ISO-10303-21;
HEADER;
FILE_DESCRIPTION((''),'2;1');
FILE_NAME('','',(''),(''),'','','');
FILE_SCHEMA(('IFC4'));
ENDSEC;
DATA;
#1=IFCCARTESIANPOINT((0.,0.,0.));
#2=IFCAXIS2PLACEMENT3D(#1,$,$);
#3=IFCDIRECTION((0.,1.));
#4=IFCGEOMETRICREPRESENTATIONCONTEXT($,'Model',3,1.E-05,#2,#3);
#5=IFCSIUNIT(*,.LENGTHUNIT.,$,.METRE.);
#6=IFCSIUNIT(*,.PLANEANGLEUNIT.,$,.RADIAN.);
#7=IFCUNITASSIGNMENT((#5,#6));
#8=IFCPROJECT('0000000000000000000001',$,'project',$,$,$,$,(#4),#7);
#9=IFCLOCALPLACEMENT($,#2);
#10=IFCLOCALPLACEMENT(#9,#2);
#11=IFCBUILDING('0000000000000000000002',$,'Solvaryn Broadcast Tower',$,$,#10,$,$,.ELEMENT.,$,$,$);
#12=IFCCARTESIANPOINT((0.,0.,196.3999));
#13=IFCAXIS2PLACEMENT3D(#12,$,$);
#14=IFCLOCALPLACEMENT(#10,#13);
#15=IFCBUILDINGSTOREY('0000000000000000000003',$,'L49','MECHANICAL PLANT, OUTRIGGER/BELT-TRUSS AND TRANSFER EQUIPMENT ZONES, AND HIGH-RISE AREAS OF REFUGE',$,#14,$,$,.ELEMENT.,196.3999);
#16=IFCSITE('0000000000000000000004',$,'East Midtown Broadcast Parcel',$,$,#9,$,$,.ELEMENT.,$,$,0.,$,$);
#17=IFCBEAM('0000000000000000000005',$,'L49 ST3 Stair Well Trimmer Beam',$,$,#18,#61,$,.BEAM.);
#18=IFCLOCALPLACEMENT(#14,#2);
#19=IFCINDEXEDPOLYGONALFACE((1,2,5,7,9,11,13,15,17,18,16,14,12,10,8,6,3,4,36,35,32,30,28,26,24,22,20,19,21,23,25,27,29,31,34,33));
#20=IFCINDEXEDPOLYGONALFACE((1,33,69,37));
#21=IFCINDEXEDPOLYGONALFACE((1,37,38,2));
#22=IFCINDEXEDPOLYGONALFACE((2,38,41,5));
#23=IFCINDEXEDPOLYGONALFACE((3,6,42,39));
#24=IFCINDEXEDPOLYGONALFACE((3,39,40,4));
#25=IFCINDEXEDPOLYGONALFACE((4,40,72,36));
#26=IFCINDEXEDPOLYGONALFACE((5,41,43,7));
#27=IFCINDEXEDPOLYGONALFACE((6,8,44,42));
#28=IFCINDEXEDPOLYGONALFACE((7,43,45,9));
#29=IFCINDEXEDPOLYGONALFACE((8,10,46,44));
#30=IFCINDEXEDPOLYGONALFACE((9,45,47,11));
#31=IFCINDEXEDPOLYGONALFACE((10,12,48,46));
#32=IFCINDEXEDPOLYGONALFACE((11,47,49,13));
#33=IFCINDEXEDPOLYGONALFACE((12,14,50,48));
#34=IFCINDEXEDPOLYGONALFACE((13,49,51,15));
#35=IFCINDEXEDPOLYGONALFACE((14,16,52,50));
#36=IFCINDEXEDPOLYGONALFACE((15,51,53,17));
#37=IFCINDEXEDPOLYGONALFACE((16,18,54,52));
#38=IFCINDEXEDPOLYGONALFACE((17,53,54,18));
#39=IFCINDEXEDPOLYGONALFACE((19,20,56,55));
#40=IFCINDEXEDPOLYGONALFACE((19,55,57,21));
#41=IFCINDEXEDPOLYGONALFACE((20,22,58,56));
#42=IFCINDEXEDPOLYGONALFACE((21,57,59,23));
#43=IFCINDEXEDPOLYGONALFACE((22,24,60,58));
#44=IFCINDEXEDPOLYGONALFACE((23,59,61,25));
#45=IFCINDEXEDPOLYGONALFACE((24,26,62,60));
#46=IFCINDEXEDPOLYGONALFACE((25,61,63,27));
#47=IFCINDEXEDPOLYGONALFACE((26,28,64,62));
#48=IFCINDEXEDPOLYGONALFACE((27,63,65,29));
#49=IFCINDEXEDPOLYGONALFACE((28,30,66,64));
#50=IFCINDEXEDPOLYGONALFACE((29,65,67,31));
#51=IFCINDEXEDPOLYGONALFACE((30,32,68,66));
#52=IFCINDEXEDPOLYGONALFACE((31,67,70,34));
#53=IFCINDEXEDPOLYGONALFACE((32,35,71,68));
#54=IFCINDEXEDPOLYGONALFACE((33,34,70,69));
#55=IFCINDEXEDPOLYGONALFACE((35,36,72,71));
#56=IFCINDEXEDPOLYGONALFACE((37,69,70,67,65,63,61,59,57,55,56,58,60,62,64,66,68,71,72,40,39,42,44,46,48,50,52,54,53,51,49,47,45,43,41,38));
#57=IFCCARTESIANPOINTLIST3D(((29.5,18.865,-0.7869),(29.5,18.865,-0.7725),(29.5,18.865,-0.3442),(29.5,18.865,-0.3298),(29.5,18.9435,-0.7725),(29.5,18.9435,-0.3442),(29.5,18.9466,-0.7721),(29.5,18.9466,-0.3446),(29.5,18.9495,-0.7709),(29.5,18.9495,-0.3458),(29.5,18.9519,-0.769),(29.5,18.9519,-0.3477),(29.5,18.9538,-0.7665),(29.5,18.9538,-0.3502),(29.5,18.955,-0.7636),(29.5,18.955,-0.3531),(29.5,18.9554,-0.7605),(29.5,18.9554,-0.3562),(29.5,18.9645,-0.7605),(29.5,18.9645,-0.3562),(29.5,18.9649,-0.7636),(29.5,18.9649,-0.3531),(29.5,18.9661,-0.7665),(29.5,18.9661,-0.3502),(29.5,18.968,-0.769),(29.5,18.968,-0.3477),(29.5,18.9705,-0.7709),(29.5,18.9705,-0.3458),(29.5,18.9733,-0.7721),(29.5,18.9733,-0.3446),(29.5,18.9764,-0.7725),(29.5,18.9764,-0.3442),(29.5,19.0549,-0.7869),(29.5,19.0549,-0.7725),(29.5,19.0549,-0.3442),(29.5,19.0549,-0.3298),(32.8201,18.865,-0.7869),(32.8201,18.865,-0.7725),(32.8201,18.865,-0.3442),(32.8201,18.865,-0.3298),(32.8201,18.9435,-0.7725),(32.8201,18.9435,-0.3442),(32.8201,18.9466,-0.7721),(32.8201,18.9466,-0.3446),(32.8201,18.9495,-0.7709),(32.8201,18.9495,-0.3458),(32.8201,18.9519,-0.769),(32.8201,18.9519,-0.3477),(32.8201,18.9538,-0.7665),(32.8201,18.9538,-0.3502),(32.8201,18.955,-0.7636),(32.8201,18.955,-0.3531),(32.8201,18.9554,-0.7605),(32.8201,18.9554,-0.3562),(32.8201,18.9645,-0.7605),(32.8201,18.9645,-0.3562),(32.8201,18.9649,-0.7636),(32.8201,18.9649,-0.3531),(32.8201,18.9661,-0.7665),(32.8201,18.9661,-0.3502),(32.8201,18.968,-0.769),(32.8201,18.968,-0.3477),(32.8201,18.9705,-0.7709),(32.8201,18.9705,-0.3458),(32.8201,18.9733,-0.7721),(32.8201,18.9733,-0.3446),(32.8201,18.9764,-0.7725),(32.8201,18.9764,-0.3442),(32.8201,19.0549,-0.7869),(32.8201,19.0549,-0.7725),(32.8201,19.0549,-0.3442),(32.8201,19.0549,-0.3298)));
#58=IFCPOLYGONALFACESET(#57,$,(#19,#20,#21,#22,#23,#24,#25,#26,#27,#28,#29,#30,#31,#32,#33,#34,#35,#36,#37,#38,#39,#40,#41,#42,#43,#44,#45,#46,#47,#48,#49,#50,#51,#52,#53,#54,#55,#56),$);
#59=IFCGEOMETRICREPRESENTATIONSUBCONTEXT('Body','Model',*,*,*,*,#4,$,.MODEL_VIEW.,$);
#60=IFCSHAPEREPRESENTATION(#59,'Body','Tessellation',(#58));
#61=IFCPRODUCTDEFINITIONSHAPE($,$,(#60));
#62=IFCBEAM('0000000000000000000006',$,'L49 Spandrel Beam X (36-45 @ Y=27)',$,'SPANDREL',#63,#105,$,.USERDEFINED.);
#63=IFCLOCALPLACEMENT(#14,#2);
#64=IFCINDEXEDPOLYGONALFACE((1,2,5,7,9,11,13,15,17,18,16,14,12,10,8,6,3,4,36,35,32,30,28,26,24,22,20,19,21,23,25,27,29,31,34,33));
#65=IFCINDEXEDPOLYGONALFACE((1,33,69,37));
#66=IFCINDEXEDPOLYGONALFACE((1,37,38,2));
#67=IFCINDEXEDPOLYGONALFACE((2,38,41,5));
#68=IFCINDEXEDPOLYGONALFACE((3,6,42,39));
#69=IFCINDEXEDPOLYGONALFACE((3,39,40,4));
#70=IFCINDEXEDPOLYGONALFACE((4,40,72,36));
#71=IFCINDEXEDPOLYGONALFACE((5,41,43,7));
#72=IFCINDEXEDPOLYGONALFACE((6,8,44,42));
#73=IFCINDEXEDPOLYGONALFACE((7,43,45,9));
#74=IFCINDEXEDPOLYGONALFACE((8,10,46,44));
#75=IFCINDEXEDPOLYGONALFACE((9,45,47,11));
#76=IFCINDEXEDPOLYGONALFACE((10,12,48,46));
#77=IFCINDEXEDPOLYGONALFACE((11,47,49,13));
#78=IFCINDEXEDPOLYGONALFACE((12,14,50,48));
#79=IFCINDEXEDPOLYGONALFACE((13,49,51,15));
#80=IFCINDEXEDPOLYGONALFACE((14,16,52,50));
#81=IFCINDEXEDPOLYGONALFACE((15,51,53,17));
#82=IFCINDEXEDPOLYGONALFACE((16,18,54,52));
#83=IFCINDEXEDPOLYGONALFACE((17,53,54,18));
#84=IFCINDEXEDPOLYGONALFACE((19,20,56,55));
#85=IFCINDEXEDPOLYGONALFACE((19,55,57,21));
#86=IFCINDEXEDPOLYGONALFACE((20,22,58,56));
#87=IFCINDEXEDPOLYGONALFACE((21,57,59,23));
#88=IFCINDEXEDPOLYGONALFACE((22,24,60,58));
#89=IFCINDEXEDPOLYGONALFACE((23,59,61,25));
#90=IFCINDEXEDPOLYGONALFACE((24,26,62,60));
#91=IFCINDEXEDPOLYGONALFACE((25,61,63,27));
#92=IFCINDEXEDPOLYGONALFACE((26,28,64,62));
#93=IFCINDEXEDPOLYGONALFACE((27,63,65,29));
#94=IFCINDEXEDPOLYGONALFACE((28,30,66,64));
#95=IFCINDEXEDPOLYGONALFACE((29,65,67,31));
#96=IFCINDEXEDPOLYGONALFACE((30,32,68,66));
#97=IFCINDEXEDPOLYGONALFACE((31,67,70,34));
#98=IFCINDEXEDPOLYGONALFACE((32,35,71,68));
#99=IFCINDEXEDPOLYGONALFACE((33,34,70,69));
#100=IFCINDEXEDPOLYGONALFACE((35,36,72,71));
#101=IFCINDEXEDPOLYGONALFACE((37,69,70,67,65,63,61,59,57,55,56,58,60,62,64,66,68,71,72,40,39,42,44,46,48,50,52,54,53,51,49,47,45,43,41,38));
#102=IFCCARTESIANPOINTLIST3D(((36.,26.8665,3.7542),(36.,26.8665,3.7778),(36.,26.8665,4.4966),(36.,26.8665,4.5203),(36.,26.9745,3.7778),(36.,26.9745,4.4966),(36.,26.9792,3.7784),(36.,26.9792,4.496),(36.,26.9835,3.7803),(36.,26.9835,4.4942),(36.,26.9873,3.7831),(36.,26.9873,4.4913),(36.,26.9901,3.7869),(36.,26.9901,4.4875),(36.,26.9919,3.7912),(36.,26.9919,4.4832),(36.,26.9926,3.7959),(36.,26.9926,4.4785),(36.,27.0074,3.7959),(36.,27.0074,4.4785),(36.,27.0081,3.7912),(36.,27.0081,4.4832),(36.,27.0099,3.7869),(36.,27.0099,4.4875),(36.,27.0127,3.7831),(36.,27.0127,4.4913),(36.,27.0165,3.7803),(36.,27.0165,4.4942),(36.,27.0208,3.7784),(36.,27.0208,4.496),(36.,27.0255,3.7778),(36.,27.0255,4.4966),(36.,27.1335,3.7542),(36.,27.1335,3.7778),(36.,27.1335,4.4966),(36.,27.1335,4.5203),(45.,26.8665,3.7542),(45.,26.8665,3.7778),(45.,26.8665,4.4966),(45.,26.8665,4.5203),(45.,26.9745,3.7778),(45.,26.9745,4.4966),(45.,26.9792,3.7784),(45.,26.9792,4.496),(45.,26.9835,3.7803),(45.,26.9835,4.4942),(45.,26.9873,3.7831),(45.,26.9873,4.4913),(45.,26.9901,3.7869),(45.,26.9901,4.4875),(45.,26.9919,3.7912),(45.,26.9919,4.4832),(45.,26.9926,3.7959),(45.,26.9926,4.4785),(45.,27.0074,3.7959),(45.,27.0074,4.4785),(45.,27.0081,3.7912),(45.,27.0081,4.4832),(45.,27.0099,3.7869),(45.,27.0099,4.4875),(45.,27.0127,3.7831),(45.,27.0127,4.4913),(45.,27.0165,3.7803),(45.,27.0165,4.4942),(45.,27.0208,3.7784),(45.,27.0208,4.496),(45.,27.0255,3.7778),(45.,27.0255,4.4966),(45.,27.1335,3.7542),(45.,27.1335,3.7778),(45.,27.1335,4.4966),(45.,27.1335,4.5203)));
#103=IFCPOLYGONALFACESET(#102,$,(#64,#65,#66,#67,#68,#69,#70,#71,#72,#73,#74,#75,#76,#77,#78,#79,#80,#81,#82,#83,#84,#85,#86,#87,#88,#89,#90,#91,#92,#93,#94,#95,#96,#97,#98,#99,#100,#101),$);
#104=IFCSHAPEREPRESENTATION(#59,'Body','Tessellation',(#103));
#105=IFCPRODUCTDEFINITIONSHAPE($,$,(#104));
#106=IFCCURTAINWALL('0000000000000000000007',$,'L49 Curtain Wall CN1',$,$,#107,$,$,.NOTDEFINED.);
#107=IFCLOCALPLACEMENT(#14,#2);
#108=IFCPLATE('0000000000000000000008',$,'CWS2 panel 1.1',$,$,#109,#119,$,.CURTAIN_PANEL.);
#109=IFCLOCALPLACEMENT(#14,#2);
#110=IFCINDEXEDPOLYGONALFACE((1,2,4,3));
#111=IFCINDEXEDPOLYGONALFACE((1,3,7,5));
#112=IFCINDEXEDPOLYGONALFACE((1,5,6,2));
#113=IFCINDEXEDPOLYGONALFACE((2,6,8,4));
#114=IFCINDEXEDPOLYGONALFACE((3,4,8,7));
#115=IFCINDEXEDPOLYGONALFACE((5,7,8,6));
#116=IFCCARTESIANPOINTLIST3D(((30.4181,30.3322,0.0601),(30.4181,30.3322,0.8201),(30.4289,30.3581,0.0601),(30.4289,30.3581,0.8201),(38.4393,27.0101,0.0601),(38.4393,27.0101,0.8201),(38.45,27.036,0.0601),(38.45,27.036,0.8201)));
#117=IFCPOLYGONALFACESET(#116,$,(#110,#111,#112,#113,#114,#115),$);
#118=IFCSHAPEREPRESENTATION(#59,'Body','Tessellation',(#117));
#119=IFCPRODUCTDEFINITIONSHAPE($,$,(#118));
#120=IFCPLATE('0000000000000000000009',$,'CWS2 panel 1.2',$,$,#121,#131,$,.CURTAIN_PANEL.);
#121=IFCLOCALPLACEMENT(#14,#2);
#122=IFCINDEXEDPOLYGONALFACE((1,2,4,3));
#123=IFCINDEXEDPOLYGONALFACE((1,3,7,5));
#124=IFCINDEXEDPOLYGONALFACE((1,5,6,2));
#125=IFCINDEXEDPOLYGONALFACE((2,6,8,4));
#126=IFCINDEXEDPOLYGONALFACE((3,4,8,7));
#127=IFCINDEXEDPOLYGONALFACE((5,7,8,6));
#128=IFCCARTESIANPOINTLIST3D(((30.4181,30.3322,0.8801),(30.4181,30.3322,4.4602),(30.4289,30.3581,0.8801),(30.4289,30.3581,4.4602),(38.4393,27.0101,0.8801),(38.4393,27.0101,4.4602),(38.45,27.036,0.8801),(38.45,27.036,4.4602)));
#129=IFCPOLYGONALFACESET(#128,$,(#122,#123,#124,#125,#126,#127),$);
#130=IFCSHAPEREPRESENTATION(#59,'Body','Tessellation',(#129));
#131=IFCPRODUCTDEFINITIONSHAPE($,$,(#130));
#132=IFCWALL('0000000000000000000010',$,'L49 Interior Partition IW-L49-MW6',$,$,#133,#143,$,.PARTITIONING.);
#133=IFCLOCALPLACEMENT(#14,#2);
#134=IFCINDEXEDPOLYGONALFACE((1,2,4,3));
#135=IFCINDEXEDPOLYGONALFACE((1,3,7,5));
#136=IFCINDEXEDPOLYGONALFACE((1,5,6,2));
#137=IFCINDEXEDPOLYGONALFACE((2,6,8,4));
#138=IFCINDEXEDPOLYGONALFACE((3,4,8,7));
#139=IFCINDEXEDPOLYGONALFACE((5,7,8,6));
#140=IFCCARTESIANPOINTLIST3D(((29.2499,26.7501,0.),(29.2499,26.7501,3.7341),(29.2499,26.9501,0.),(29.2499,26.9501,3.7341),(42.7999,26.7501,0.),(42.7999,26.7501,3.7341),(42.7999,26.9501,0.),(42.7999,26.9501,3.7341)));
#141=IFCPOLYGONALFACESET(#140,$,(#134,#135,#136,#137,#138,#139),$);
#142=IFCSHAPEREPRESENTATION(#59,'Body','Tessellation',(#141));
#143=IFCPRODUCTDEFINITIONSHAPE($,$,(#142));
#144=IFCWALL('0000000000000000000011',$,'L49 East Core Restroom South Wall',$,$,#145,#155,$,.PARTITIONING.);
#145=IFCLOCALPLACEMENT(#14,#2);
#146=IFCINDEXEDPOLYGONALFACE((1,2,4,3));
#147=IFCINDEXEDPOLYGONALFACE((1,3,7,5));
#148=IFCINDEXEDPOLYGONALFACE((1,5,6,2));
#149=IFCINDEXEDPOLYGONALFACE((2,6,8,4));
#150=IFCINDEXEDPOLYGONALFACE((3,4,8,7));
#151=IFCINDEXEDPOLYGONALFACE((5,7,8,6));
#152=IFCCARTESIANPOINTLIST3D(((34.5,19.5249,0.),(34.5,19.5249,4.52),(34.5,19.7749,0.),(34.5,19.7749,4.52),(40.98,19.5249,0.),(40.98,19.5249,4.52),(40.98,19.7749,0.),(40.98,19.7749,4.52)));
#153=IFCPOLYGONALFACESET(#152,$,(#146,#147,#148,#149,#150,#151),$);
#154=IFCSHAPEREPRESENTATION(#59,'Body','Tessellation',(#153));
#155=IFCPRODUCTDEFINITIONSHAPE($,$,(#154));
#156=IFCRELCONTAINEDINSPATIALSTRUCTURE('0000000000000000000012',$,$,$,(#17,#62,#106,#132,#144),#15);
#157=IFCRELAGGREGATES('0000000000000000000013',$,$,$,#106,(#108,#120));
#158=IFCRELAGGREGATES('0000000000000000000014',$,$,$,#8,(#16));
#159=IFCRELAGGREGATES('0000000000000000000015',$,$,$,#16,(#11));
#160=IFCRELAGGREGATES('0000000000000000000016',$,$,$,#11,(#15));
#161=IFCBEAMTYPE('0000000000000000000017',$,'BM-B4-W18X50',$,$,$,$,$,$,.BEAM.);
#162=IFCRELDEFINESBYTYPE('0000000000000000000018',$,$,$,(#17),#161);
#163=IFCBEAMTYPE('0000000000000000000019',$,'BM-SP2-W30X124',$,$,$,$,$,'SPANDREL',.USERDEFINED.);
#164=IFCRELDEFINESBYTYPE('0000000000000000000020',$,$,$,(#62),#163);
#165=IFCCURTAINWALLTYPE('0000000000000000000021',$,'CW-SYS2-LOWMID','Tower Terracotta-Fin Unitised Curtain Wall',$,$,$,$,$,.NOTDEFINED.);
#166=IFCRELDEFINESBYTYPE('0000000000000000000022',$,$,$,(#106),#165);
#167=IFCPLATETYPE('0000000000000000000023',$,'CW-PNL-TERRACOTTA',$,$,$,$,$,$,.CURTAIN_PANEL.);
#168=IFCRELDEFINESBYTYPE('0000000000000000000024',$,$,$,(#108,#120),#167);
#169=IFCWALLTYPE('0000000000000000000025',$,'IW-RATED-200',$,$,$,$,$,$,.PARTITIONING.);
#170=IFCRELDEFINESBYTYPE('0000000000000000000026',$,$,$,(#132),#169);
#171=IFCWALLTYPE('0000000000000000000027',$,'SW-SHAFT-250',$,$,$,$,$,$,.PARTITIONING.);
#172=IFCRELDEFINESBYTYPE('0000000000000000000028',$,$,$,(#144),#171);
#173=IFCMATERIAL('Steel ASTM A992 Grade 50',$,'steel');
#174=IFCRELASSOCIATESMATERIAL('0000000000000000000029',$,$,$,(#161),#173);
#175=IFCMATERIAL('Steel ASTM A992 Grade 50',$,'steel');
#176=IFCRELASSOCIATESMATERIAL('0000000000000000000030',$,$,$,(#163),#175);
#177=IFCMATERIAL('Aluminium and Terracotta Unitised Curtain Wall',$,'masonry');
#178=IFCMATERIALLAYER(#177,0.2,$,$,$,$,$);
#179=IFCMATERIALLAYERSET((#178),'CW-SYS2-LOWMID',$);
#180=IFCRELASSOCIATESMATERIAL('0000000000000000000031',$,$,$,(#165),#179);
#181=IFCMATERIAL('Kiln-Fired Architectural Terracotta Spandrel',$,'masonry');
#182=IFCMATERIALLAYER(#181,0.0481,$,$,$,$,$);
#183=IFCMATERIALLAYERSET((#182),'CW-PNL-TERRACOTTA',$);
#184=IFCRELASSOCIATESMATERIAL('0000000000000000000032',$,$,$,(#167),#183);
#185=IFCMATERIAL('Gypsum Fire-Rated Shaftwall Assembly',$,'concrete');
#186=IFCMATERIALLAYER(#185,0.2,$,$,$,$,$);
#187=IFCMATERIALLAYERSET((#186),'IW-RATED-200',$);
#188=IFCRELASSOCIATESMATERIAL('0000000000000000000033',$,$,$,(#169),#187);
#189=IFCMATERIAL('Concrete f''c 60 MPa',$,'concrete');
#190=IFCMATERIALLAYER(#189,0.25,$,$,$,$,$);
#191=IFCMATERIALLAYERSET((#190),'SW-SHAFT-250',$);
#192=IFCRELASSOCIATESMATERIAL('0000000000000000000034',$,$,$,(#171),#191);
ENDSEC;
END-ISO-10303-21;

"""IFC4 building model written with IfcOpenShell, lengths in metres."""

from ifc_helpers import new_model, si_unit, direction, frame, frame_2d, origin, origin_2d, place, context, subcontext, project, spatial, rectangle, i_section, extrude, material, layer, layer_set, material_profile, profile_set, type_object, element, aggregate, save


model = new_model("IFC4")

# Units and contexts
model_context = context("Model", 3, precision=1e-05, world=origin(), true_north=direction((0.0, 1.0)))
body_context = subcontext(model_context, "Body", "Model", "MODEL_VIEW")
ifc_project = project(units=[si_unit("LENGTHUNIT", "METRE"), si_unit("PLANEANGLEUNIT", "RADIAN")], contexts=[model_context])

# Site, building, storey
site_placement = place(None, origin())
site = spatial("IfcSite", under=ifc_project, at=site_placement, Name="East Midtown Broadcast Parcel", CompositionType="ELEMENT", RefElevation=0.0)
building_placement = place(site_placement, origin())
building = spatial("IfcBuilding", under=site, at=building_placement, Name="Solvaryn Broadcast Tower", CompositionType="ELEMENT")
storey_placement = place(building_placement, frame((0.0, 0.0, 196.3999)))
storey = spatial("IfcBuildingStorey", under=building, at=storey_placement, Name="L49", Description="MECHANICAL PLANT, OUTRIGGER/BELT-TRUSS AND TRANSFER EQUIPMENT ZONES, AND HIGH-RISE AREAS OF REFUGE", CompositionType="ELEMENT", Elevation=196.3999)

# Beams
ifc_material_1 = material(Name="Steel ASTM A992 Grade 50", Category="steel")
ifc_material_profile_1 = material_profile(ifc_material_1, i_section(OverallWidth=0.1899, OverallDepth=0.457, WebThickness=0.009, FlangeThickness=0.0144, FilletRadius=0.012, at=origin_2d()))
ifc_profile_set_1 = profile_set([ifc_material_profile_1], Name="Steel ASTM A992 Grade 50")
beam_type_1 = type_object("IfcBeamType", Name="BM-B4-W18X50", PredefinedType="BEAM", material=ifc_profile_set_1)
beam_1_placement = place(storey_placement, frame((29.5, 18.96, -0.5583), z_axis=(1.0, 0.0, 0.0), x_axis=(0.0, 1.0, 0.0)))
element("IfcBeam", 1, at=beam_1_placement, inside=storey, type_object=beam_type_1, Name="L49 ST3 Stair Well Trimmer Beam", PredefinedType="BEAM", context=body_context, shape_type="SweptSolid", body=[
    extrude(i_section(OverallWidth=0.1899, OverallDepth=0.457, WebThickness=0.009, FlangeThickness=0.0144, FilletRadius=0.012, at=origin_2d()), origin(), (0.0, 0.0, 1.0), 3.3201),
])
ifc_material_2 = material(Name="Steel ASTM A992 Grade 50", Category="steel")
ifc_material_profile_2 = material_profile(ifc_material_2, i_section(OverallWidth=0.2671, OverallDepth=0.7661, WebThickness=0.0149, FlangeThickness=0.0237, FilletRadius=0.0181, at=origin_2d()))
ifc_profile_set_2 = profile_set([ifc_material_profile_2], Name="Steel ASTM A992 Grade 50")
beam_type_2 = type_object("IfcBeamType", Name="BM-SP2-W30X124", ElementType="SPANDREL", PredefinedType="USERDEFINED", material=ifc_profile_set_2)
beam_2_placement = place(storey_placement, frame((36.0, 27.0, 4.1372), z_axis=(1.0, 0.0, 0.0), x_axis=(0.0, 1.0, 0.0)))
element("IfcBeam", 2, at=beam_2_placement, inside=storey, type_object=beam_type_2, Name="L49 Spandrel Beam X (36-45 @ Y=27)", ObjectType="SPANDREL", PredefinedType="USERDEFINED", context=body_context, shape_type="SweptSolid", body=[
    extrude(i_section(OverallWidth=0.2671, OverallDepth=0.7661, WebThickness=0.0149, FlangeThickness=0.0237, FilletRadius=0.0181, at=origin_2d()), origin(), (0.0, 0.0, 1.0), 9.0),
])

# Curtain wall, plates
ifc_material_3 = material(Name="Aluminium and Terracotta Unitised Curtain Wall", Category="masonry")
ifc_layer_1 = layer(ifc_material_3, 0.2)
ifc_layer_set_1 = layer_set([ifc_layer_1], Name="CW-SYS2-LOWMID")
curtain_wall_type = type_object("IfcCurtainWallType", Name="CW-SYS2-LOWMID", Description="Tower Terracotta-Fin Unitised Curtain Wall", PredefinedType="NOTDEFINED", material=ifc_layer_set_1)
curtain_wall_placement = place(storey_placement, origin())
curtain_wall = element("IfcCurtainWall", 3, at=curtain_wall_placement, inside=storey, type_object=curtain_wall_type, Name="L49 Curtain Wall CN1", PredefinedType="NOTDEFINED")
ifc_material_4 = material(Name="Kiln-Fired Architectural Terracotta Spandrel", Category="masonry")
ifc_layer_2 = layer(ifc_material_4, 0.0481)
ifc_layer_set_2 = layer_set([ifc_layer_2], Name="CW-PNL-TERRACOTTA")
plate_type = type_object("IfcPlateType", Name="CW-PNL-TERRACOTTA", PredefinedType="CURTAIN_PANEL", material=ifc_layer_set_2)
plate_1_placement = place(storey_placement, frame((34.4341, 28.6841, 0.0601), z_axis=(0.0, 0.0, 1.0), x_axis=(-0.923895, 0.382646, 0.0)))
plate_1 = element("IfcPlate", 4, at=plate_1_placement, type_object=plate_type, Name="CWS2 panel 1.1", PredefinedType="CURTAIN_PANEL", context=body_context, shape_type="SweptSolid", body=[
    extrude(rectangle(XDim=8.6819, YDim=0.0281, at=origin_2d()), origin(), (0.0, 0.0, 1.0), 0.76),
])
plate_2_placement = place(storey_placement, frame((34.4341, 28.6841, 0.8801), z_axis=(0.0, 0.0, 1.0), x_axis=(-0.923895, 0.382646, 0.0)))
plate_2 = element("IfcPlate", 5, at=plate_2_placement, type_object=plate_type, Name="CWS2 panel 1.2", PredefinedType="CURTAIN_PANEL", context=body_context, shape_type="SweptSolid", body=[
    extrude(rectangle(XDim=8.6819, YDim=0.0281, at=origin_2d()), origin(), (0.0, 0.0, 1.0), 3.5801),
])
aggregate(curtain_wall, [plate_1, plate_2])

# Wall
ifc_material_5 = material(Name="Gypsum Fire-Rated Shaftwall Assembly", Category="concrete")
ifc_layer_3 = layer(ifc_material_5, 0.2)
ifc_layer_set_3 = layer_set([ifc_layer_3], Name="IW-RATED-200")
wall_type_1 = type_object("IfcWallType", Name="IW-RATED-200", PredefinedType="PARTITIONING", material=ifc_layer_set_3)
wall_1_placement = place(storey_placement, frame((29.25, 26.8501, 0.0), z_axis=(0.0, 0.0, 1.0), x_axis=(1.0, 0.0, 0.0)))
element("IfcWall", 6, at=wall_1_placement, inside=storey, type_object=wall_type_1, Name="L49 Interior Partition IW-L49-MW6", PredefinedType="PARTITIONING", context=body_context, shape_type="SweptSolid", body=[
    extrude(rectangle(XDim=13.55, YDim=0.2, at=frame_2d((6.7749, 0.0))), origin(), (0.0, 0.0, 1.0), 3.7341),
])

# Shared definitions
ifc_material_6 = material(Name="Concrete f'c 60 MPa", Category="concrete")
ifc_layer_4 = layer(ifc_material_6, 0.25)
ifc_layer_set_4 = layer_set([ifc_layer_4], Name="SW-SHAFT-250")
wall_type_2 = type_object("IfcWallType", Name="SW-SHAFT-250", PredefinedType="PARTITIONING", material=ifc_layer_set_4)

# Wall
wall_2_placement = place(storey_placement, frame((34.5, 19.6499, 0.0), z_axis=(0.0, 0.0, 1.0), x_axis=(1.0, 0.0, 0.0)))
element("IfcWall", 7, at=wall_2_placement, inside=storey, type_object=wall_type_2, Name="L49 East Core Restroom South Wall", PredefinedType="PARTITIONING", context=body_context, shape_type="SweptSolid", body=[
    extrude(rectangle(XDim=6.48, YDim=0.25, at=frame_2d((3.24, 0.0))), origin(), (0.0, 0.0, 1.0), 4.52),
])

save(model, "model.ifc")
